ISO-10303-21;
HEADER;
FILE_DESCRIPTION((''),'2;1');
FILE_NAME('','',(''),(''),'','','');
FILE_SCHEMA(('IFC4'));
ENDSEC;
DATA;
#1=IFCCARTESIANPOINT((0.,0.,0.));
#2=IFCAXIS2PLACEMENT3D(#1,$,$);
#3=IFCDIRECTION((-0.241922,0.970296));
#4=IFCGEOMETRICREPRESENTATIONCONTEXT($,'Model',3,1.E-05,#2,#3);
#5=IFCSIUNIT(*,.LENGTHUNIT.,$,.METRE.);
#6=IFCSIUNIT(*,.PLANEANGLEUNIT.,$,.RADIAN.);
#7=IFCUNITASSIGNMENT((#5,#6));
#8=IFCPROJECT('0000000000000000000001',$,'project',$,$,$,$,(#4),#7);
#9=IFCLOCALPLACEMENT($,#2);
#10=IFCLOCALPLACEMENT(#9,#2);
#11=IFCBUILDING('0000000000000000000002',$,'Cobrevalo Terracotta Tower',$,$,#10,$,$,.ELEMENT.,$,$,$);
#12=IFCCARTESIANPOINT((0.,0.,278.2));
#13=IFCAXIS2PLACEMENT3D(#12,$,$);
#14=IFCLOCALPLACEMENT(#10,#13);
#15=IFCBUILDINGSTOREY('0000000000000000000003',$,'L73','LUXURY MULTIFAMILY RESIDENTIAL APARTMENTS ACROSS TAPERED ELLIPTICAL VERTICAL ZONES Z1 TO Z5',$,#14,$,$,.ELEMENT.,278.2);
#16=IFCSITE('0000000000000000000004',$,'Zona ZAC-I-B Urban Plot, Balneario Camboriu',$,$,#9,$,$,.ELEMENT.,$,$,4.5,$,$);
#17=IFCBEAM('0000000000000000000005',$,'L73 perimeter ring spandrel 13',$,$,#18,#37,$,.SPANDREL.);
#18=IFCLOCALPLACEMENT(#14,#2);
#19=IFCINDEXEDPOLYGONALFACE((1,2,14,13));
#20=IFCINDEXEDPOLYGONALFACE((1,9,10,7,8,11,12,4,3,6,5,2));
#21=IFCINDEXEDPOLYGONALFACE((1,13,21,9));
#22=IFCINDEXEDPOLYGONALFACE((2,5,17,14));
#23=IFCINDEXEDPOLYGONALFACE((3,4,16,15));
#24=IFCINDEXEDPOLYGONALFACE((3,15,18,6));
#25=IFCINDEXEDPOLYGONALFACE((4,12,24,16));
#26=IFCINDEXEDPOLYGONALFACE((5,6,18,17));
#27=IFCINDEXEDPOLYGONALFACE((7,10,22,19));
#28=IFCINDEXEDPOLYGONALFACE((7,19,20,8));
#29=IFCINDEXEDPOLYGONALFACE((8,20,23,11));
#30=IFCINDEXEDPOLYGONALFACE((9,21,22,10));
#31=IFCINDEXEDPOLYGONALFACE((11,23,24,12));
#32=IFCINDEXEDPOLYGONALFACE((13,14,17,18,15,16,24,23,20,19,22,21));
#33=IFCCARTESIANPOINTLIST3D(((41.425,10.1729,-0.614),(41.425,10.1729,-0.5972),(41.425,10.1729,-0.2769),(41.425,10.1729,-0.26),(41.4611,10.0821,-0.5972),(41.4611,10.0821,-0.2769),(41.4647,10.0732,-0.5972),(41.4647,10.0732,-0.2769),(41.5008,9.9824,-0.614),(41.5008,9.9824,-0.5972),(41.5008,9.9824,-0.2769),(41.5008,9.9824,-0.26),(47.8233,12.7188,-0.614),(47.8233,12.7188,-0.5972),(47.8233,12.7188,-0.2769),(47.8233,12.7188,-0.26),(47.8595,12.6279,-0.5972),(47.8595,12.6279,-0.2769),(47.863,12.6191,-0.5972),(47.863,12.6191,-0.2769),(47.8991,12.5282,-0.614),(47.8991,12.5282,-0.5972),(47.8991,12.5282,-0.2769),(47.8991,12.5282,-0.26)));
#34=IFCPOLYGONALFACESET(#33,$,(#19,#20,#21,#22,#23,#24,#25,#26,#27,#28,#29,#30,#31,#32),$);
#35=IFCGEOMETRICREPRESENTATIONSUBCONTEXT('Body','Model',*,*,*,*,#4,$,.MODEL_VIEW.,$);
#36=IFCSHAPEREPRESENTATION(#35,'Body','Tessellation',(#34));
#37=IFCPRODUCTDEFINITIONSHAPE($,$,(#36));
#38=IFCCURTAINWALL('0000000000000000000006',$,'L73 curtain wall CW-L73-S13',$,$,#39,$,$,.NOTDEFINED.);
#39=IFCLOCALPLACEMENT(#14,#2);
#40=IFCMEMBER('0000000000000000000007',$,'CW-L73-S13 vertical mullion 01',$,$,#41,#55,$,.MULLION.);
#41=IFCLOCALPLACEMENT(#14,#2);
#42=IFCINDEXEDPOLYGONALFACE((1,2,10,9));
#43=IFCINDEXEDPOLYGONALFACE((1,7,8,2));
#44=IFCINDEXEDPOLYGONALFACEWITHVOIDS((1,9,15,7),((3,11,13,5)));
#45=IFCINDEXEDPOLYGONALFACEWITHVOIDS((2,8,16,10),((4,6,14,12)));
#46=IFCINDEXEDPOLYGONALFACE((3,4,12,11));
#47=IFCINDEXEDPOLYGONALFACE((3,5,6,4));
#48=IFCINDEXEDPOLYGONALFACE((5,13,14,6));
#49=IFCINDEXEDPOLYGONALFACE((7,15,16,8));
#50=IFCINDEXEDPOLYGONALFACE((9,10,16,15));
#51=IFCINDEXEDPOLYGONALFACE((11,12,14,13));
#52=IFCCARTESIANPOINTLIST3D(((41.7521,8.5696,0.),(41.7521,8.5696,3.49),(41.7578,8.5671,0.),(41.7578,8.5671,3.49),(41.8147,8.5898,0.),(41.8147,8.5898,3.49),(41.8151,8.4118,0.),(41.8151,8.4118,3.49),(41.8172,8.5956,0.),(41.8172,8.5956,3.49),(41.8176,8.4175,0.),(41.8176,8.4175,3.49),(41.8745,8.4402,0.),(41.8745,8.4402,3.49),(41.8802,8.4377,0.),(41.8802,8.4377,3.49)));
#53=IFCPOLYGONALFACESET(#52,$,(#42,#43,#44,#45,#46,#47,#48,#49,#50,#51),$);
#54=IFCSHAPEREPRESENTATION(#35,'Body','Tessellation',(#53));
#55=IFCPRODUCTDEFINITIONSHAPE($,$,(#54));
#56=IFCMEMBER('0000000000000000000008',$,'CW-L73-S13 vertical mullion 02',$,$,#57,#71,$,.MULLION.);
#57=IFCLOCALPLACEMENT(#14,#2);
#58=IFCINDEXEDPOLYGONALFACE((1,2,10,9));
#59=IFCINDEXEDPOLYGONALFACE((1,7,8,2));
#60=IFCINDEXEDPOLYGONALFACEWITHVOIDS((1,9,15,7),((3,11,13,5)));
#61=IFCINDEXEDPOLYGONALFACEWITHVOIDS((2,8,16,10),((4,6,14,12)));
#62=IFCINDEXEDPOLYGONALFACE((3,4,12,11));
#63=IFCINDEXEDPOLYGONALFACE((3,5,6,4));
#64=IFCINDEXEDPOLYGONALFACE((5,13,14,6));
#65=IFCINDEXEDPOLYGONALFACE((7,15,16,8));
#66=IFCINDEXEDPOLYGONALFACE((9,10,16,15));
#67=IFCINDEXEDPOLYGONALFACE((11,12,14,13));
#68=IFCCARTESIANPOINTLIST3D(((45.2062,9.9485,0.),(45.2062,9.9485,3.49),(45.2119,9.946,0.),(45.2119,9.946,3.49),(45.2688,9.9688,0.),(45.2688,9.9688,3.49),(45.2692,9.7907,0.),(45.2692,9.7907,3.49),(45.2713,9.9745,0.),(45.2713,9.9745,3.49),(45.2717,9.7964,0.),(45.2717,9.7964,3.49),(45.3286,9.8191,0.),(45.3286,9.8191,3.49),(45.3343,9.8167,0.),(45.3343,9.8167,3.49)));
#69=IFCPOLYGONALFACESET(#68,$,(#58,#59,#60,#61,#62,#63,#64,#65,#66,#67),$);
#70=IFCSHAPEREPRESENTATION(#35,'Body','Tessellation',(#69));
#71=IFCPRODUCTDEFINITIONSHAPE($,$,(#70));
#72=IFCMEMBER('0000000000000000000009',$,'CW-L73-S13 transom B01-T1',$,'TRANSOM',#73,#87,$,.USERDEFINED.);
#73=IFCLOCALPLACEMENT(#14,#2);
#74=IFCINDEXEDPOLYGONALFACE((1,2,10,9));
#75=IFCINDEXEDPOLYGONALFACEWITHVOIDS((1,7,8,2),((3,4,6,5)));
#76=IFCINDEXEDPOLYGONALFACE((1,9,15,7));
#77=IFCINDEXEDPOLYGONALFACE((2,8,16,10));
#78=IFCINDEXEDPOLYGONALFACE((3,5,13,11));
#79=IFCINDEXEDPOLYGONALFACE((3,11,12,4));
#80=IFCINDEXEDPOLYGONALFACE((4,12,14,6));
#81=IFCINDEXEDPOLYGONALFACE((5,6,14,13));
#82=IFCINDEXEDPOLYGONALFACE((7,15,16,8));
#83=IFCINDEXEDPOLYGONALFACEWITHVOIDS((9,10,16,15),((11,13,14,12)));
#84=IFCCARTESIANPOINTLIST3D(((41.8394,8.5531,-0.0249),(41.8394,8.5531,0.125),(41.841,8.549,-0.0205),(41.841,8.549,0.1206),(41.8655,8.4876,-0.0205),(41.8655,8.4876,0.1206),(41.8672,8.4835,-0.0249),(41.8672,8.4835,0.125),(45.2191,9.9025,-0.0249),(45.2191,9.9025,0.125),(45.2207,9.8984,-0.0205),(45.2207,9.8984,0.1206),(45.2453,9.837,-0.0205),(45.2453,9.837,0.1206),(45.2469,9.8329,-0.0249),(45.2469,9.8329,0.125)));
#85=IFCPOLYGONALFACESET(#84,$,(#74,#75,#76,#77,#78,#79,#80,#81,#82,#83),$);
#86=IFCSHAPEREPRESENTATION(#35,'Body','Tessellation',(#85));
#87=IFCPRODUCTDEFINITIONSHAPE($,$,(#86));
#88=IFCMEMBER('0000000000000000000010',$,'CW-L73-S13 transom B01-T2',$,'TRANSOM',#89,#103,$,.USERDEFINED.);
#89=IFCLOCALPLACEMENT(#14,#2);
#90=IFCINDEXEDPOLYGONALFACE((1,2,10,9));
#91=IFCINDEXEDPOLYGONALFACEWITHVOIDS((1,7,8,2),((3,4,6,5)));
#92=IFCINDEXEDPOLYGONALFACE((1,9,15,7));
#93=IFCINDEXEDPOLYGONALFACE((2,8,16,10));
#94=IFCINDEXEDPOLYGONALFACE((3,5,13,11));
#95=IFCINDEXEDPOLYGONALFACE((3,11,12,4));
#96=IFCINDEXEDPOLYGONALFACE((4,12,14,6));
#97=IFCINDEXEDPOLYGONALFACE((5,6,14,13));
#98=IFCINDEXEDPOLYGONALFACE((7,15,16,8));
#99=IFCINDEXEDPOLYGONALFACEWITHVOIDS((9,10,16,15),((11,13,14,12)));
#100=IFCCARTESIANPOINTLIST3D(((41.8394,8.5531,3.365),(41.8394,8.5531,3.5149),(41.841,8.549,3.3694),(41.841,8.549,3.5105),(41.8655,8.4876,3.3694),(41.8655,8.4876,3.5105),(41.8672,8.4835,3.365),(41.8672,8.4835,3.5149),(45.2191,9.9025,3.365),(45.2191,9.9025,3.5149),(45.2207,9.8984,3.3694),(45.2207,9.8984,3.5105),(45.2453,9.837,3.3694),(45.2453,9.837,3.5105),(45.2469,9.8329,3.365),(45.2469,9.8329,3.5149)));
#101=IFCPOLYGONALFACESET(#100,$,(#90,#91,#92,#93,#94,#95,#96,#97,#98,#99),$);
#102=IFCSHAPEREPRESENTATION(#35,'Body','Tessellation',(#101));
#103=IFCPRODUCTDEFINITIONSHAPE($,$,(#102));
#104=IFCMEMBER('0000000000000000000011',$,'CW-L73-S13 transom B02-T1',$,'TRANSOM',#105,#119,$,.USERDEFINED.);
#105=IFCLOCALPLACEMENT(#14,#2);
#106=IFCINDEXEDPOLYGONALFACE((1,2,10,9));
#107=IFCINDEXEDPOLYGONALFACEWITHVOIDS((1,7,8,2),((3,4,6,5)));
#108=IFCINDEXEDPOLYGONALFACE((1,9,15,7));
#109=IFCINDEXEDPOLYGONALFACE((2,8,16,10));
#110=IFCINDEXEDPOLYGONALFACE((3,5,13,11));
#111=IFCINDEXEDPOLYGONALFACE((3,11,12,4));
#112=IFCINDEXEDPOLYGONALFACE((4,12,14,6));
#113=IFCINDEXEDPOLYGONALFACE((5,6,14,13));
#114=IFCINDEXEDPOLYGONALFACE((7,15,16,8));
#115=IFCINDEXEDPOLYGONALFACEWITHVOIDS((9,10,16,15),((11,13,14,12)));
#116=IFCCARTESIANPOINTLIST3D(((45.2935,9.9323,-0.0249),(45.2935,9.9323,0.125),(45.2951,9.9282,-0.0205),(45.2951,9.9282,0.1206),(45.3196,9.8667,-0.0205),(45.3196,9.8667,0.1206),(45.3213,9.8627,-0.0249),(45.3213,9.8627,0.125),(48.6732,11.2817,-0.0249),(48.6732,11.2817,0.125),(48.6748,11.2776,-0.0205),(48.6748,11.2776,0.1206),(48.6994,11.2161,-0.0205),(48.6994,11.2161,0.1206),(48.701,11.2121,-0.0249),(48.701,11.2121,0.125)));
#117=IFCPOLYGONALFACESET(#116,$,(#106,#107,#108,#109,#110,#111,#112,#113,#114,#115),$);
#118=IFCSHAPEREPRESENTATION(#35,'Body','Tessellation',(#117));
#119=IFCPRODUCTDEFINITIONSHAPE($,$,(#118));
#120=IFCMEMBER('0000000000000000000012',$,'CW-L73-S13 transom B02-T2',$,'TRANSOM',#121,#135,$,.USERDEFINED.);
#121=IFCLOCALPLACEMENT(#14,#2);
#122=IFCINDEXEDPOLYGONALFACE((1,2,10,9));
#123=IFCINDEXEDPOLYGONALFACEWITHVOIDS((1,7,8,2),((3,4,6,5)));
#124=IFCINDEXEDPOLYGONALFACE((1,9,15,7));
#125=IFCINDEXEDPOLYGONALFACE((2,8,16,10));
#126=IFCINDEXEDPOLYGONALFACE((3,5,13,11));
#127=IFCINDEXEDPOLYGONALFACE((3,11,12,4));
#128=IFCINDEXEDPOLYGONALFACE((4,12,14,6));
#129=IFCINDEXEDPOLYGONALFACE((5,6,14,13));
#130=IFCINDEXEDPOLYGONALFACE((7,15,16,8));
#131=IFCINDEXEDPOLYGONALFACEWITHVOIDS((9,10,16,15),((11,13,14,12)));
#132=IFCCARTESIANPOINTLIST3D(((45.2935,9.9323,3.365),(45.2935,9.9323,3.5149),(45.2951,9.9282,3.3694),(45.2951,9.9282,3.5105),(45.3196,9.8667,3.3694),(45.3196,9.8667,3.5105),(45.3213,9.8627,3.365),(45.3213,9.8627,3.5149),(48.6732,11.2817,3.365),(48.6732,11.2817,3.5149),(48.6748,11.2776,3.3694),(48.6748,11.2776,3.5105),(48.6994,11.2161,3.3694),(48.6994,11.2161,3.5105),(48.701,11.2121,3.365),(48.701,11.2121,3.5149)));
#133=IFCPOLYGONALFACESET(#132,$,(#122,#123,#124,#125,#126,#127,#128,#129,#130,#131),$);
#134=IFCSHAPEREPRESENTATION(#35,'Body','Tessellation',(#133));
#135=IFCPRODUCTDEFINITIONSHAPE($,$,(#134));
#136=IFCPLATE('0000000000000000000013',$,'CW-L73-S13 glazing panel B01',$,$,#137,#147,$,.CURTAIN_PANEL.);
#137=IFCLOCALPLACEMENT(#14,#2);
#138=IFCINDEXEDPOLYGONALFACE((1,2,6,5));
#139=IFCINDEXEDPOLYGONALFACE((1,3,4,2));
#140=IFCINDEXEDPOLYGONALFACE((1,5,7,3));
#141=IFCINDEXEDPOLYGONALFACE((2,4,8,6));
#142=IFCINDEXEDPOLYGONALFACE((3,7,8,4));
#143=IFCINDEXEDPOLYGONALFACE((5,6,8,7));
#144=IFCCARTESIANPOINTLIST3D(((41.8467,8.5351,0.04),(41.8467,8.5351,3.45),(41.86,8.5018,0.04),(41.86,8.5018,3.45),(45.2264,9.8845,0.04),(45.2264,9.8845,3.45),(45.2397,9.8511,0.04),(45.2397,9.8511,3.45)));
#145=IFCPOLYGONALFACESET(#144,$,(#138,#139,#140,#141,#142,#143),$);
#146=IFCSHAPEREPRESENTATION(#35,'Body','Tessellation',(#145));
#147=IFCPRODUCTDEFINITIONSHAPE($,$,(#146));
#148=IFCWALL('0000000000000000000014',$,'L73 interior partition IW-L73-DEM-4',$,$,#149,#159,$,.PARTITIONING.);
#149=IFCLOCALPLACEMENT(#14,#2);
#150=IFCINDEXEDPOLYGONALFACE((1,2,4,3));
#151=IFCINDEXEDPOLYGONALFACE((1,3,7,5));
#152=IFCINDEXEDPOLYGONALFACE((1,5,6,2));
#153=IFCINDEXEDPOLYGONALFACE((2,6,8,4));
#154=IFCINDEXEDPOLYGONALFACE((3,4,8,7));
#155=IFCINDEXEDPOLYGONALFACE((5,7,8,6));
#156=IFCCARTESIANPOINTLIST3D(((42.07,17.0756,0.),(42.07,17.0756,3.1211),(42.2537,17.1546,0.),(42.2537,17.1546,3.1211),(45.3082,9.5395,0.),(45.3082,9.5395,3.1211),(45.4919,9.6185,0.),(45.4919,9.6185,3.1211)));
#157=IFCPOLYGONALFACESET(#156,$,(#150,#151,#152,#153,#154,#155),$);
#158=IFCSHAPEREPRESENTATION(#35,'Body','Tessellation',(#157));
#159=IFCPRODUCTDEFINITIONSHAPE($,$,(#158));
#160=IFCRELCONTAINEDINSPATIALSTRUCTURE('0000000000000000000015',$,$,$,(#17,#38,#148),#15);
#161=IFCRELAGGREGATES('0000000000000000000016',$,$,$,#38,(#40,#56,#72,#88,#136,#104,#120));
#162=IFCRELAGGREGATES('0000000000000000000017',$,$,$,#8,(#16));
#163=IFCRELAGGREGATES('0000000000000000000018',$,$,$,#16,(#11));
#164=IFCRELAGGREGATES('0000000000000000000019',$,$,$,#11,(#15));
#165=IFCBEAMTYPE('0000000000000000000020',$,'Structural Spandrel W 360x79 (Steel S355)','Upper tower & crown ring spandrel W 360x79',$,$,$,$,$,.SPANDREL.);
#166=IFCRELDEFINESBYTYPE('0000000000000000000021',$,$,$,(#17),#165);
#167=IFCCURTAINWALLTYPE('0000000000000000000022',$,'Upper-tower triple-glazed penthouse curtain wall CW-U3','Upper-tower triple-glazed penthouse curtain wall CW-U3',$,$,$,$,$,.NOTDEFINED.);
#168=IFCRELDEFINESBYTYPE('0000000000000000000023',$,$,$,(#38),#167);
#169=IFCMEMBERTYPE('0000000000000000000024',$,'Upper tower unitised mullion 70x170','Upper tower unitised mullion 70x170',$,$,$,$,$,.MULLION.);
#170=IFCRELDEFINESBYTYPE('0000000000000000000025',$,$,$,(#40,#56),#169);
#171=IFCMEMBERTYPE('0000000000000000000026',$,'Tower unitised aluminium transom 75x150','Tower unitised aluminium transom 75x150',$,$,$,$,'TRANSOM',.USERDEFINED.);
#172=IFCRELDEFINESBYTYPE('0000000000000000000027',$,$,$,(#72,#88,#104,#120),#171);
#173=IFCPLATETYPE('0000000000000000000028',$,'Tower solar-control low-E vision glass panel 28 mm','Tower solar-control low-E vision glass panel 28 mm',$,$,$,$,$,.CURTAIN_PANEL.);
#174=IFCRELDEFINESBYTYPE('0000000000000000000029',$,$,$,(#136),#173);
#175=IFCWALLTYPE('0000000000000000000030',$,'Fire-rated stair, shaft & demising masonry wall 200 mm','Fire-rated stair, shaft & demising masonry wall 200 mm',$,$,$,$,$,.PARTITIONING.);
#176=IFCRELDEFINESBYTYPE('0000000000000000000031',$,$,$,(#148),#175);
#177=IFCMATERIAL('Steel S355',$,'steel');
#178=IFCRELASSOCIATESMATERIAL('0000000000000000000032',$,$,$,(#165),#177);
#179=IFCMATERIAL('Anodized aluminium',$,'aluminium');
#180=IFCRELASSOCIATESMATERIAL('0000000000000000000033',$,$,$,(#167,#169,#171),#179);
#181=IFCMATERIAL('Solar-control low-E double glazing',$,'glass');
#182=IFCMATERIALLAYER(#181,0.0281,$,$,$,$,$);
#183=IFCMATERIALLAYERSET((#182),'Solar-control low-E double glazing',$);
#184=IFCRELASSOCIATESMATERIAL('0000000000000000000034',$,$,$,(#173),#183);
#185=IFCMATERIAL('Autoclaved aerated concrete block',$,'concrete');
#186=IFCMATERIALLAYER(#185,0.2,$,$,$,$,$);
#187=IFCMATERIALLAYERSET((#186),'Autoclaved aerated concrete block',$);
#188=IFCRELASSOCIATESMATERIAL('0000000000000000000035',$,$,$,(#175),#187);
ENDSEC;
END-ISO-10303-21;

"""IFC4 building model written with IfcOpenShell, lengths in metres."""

from ifc_helpers import new_model, si_unit, direction, frame, frame_2d, origin, origin_2d, place, context, subcontext, project, spatial, rectangle, hollow_rectangle, i_section, extrude, source, transform, mapped, material, layer, layer_set, material_profile, profile_set, type_object, element, aggregate, save


model = new_model("IFC4")

# Units and contexts
model_context = context("Model", 3, precision=1e-05, world=origin(), true_north=direction((-0.241922, 0.970296)))
body_context = subcontext(model_context, "Body", "Model", "MODEL_VIEW")
ifc_project = project(units=[si_unit("LENGTHUNIT", "METRE"), si_unit("PLANEANGLEUNIT", "RADIAN")], contexts=[model_context])

# Site, building, storey
site_placement = place(None, origin())
site = spatial("IfcSite", under=ifc_project, at=site_placement, Name="Zona ZAC-I-B Urban Plot, Balneario Camboriu", CompositionType="ELEMENT", RefElevation=4.5)
building_placement = place(site_placement, origin())
building = spatial("IfcBuilding", under=site, at=building_placement, Name="Cobrevalo Terracotta Tower", CompositionType="ELEMENT")
storey_placement = place(building_placement, frame((0.0, 0.0, 278.2)))
storey = spatial("IfcBuildingStorey", under=building, at=storey_placement, Name="L73", Description="LUXURY MULTIFAMILY RESIDENTIAL APARTMENTS ACROSS TAPERED ELLIPTICAL VERTICAL ZONES Z1 TO Z5", CompositionType="ELEMENT", Elevation=278.2)

# Shared definitions
ifc_material_1 = material(Name="Steel S355", Category="steel")

# Beam
ifc_material_profile_1 = material_profile(ifc_material_1, i_section(OverallWidth=0.2051, OverallDepth=0.354, WebThickness=0.0095, FlangeThickness=0.0168, at=origin_2d()), Name="W 360x79")
ifc_profile_set_1 = profile_set([ifc_material_profile_1], Name="Steel S355")
beam_type_1 = type_object("IfcBeamType", Name="Structural Spandrel W 360x79 (Steel S355)", Description="Upper tower & crown ring spandrel W 360x79", PredefinedType="SPANDREL", material=ifc_profile_set_1)
beam_1_placement = place(storey_placement, frame((41.4629, 10.0776, -0.437), z_axis=(0.92915, 0.369703, 0.0), x_axis=(-0.369703, 0.92915, 0.0)))
element("IfcBeam", 1, at=beam_1_placement, inside=storey, type_object=beam_type_1, Name="L73 perimeter ring spandrel 13", PredefinedType="SPANDREL", context=body_context, shape_type="SweptSolid", body=[
    extrude(i_section(OverallWidth=0.2051, OverallDepth=0.354, WebThickness=0.0095, FlangeThickness=0.0168, at=origin_2d()), origin(), (0.0, 0.0, 1.0), 6.8862),
])

# Curtain wall, members, plate
ifc_material_2 = material(Name="Anodized aluminium", Category="aluminium")
curtain_wall_type = type_object("IfcCurtainWallType", Name="Upper-tower triple-glazed penthouse curtain wall CW-U3", Description="Upper-tower triple-glazed penthouse curtain wall CW-U3", PredefinedType="NOTDEFINED", material=ifc_material_2)
curtain_wall_placement = place(storey_placement, origin())
curtain_wall = element("IfcCurtainWall", 2, at=curtain_wall_placement, inside=storey, type_object=curtain_wall_type, Name="L73 curtain wall CW-L73-S13", PredefinedType="NOTDEFINED")
ifc_material_profile_2 = material_profile(ifc_material_2, hollow_rectangle(XDim=0.0701, YDim=0.1699, WallThickness=0.0044, at=origin_2d()), Name="CWM 70x170")
ifc_profile_set_2 = profile_set([ifc_material_profile_2], Name="Anodized aluminium")
member_type_1 = type_object("IfcMemberType", Name="Upper tower unitised mullion 70x170", Description="Upper tower unitised mullion 70x170", PredefinedType="MULLION", material=ifc_profile_set_2)
shared_shape_1 = source(origin(), body_context, "Body", "SweptSolid", [
    extrude(hollow_rectangle(XDim=0.0701, YDim=0.1699, WallThickness=0.0044, at=origin_2d()), origin(), (0.0, 0.0, 1.0), 3.49),
])
member_1_placement = place(storey_placement, frame((41.8162, 8.5037, 0.0), z_axis=(0.0, 0.0, 1.0), x_axis=(0.928719, 0.370784, 0.0)))
member_1 = element("IfcMember", 3, at=member_1_placement, type_object=member_type_1, Name="CW-L73-S13 vertical mullion 01", PredefinedType="MULLION", context=body_context, shape_type="MappedRepresentation", body=[
    mapped(shared_shape_1, transform((0.0, 0.0, 0.0), scale=1.0)),
])
member_2_placement = place(storey_placement, frame((45.2703, 9.8826, 0.0), z_axis=(0.0, 0.0, 1.0), x_axis=(0.928719, 0.370784, 0.0)))
member_2 = element("IfcMember", 4, at=member_2_placement, type_object=member_type_1, Name="CW-L73-S13 vertical mullion 02", PredefinedType="MULLION", context=body_context, shape_type="MappedRepresentation", body=[
    mapped(shared_shape_1, transform((0.0, 0.0, 0.0), scale=1.0)),
])
ifc_material_profile_3 = material_profile(ifc_material_2, hollow_rectangle(XDim=0.075, YDim=0.1499, WallThickness=0.0044, at=origin_2d()), Name="CWT 75x150")
ifc_profile_set_3 = profile_set([ifc_material_profile_3], Name="Anodized aluminium")
member_type_2 = type_object("IfcMemberType", Name="Tower unitised aluminium transom 75x150", Description="Tower unitised aluminium transom 75x150", ElementType="TRANSOM", PredefinedType="USERDEFINED", material=ifc_profile_set_3)
shared_shape_2 = source(origin(), body_context, "Body", "SweptSolid", [
    extrude(hollow_rectangle(XDim=0.075, YDim=0.1499, WallThickness=0.0044, at=origin_2d()), origin(), (0.0, 0.0, 1.0), 3.6392),
])
member_3_placement = place(storey_placement, frame((41.8533, 8.5183, 0.05), z_axis=(0.928712, 0.370801, 0.0), x_axis=(-0.370801, 0.928712, 0.0)))
member_3 = element("IfcMember", 5, at=member_3_placement, type_object=member_type_2, Name="CW-L73-S13 transom B01-T1", ObjectType="TRANSOM", PredefinedType="USERDEFINED", context=body_context, shape_type="MappedRepresentation", body=[
    mapped(shared_shape_2, transform((0.0, 0.0, 0.0), scale=1.0)),
])
member_4_placement = place(storey_placement, frame((41.8533, 8.5183, 3.4399), z_axis=(0.928712, 0.370801, 0.0), x_axis=(-0.370801, 0.928712, 0.0)))
member_4 = element("IfcMember", 6, at=member_4_placement, type_object=member_type_2, Name="CW-L73-S13 transom B01-T2", ObjectType="TRANSOM", PredefinedType="USERDEFINED", context=body_context, shape_type="MappedRepresentation", body=[
    mapped(shared_shape_2, transform((0.0, 0.0, 0.0), scale=1.0)),
])
member_5_placement = place(storey_placement, frame((45.3074, 9.8975, 0.05), z_axis=(0.928712, 0.370801, 0.0), x_axis=(-0.370801, 0.928712, 0.0)))
member_5 = element("IfcMember", 7, at=member_5_placement, type_object=member_type_2, Name="CW-L73-S13 transom B02-T1", ObjectType="TRANSOM", PredefinedType="USERDEFINED", context=body_context, shape_type="MappedRepresentation", body=[
    mapped(shared_shape_2, transform((0.0, 0.0, 0.0), scale=1.0)),
])
member_6_placement = place(storey_placement, frame((45.3074, 9.8975, 3.4399), z_axis=(0.928712, 0.370801, 0.0), x_axis=(-0.370801, 0.928712, 0.0)))
member_6 = element("IfcMember", 8, at=member_6_placement, type_object=member_type_2, Name="CW-L73-S13 transom B02-T2", ObjectType="TRANSOM", PredefinedType="USERDEFINED", context=body_context, shape_type="MappedRepresentation", body=[
    mapped(shared_shape_2, transform((0.0, 0.0, 0.0), scale=1.0)),
])
ifc_material_3 = material(Name="Solar-control low-E double glazing", Category="glass")
ifc_layer_1 = layer(ifc_material_3, 0.0281)
ifc_layer_set_1 = layer_set([ifc_layer_1], Name="Solar-control low-E double glazing")
plate_type = type_object("IfcPlateType", Name="Tower solar-control low-E vision glass panel 28 mm", Description="Tower solar-control low-E vision glass panel 28 mm", PredefinedType="CURTAIN_PANEL", material=ifc_layer_set_1)
shared_shape_3 = source(origin(), body_context, "Body", "SweptSolid", [
    extrude(rectangle(XDim=3.6392, YDim=0.0359, at=origin_2d()), origin(), (0.0, 0.0, 1.0), 3.4099),
])
plate_placement = place(storey_placement, frame((43.5432, 9.1931, 0.04), z_axis=(0.0, 0.0, 1.0), x_axis=(0.928718, 0.370786, 0.0)))
plate = element("IfcPlate", 9, at=plate_placement, type_object=plate_type, Name="CW-L73-S13 glazing panel B01", PredefinedType="CURTAIN_PANEL", context=body_context, shape_type="MappedRepresentation", body=[
    mapped(shared_shape_3, transform((0.0, 0.0, 0.0), scale=1.0)),
])
aggregate(curtain_wall, [member_1, member_2, member_3, member_4, plate, member_5, member_6])

# Wall
ifc_material_4 = material(Name="Autoclaved aerated concrete block", Category="concrete")
ifc_layer_2 = layer(ifc_material_4, 0.2)
ifc_layer_set_2 = layer_set([ifc_layer_2], Name="Autoclaved aerated concrete block")
wall_type_1 = type_object("IfcWallType", Name="Fire-rated stair, shaft & demising masonry wall 200 mm", Description="Fire-rated stair, shaft & demising masonry wall 200 mm", PredefinedType="PARTITIONING", material=ifc_layer_set_2)
wall_1_placement = place(storey_placement, frame((42.1619, 17.115, 0.0), z_axis=(0.0, 0.0, 1.0), x_axis=(0.394796, -0.918769, 0.0)))
element("IfcWall", 10, at=wall_1_placement, inside=storey, type_object=wall_type_1, Name="L73 interior partition IW-L73-DEM-4", PredefinedType="PARTITIONING", context=body_context, shape_type="SweptSolid", body=[
    extrude(rectangle(XDim=8.2024, YDim=0.2, at=frame_2d((4.1011, 0.0))), origin(), (0.0, 0.0, 1.0), 3.1211),
])

save(model, "model.ifc")
